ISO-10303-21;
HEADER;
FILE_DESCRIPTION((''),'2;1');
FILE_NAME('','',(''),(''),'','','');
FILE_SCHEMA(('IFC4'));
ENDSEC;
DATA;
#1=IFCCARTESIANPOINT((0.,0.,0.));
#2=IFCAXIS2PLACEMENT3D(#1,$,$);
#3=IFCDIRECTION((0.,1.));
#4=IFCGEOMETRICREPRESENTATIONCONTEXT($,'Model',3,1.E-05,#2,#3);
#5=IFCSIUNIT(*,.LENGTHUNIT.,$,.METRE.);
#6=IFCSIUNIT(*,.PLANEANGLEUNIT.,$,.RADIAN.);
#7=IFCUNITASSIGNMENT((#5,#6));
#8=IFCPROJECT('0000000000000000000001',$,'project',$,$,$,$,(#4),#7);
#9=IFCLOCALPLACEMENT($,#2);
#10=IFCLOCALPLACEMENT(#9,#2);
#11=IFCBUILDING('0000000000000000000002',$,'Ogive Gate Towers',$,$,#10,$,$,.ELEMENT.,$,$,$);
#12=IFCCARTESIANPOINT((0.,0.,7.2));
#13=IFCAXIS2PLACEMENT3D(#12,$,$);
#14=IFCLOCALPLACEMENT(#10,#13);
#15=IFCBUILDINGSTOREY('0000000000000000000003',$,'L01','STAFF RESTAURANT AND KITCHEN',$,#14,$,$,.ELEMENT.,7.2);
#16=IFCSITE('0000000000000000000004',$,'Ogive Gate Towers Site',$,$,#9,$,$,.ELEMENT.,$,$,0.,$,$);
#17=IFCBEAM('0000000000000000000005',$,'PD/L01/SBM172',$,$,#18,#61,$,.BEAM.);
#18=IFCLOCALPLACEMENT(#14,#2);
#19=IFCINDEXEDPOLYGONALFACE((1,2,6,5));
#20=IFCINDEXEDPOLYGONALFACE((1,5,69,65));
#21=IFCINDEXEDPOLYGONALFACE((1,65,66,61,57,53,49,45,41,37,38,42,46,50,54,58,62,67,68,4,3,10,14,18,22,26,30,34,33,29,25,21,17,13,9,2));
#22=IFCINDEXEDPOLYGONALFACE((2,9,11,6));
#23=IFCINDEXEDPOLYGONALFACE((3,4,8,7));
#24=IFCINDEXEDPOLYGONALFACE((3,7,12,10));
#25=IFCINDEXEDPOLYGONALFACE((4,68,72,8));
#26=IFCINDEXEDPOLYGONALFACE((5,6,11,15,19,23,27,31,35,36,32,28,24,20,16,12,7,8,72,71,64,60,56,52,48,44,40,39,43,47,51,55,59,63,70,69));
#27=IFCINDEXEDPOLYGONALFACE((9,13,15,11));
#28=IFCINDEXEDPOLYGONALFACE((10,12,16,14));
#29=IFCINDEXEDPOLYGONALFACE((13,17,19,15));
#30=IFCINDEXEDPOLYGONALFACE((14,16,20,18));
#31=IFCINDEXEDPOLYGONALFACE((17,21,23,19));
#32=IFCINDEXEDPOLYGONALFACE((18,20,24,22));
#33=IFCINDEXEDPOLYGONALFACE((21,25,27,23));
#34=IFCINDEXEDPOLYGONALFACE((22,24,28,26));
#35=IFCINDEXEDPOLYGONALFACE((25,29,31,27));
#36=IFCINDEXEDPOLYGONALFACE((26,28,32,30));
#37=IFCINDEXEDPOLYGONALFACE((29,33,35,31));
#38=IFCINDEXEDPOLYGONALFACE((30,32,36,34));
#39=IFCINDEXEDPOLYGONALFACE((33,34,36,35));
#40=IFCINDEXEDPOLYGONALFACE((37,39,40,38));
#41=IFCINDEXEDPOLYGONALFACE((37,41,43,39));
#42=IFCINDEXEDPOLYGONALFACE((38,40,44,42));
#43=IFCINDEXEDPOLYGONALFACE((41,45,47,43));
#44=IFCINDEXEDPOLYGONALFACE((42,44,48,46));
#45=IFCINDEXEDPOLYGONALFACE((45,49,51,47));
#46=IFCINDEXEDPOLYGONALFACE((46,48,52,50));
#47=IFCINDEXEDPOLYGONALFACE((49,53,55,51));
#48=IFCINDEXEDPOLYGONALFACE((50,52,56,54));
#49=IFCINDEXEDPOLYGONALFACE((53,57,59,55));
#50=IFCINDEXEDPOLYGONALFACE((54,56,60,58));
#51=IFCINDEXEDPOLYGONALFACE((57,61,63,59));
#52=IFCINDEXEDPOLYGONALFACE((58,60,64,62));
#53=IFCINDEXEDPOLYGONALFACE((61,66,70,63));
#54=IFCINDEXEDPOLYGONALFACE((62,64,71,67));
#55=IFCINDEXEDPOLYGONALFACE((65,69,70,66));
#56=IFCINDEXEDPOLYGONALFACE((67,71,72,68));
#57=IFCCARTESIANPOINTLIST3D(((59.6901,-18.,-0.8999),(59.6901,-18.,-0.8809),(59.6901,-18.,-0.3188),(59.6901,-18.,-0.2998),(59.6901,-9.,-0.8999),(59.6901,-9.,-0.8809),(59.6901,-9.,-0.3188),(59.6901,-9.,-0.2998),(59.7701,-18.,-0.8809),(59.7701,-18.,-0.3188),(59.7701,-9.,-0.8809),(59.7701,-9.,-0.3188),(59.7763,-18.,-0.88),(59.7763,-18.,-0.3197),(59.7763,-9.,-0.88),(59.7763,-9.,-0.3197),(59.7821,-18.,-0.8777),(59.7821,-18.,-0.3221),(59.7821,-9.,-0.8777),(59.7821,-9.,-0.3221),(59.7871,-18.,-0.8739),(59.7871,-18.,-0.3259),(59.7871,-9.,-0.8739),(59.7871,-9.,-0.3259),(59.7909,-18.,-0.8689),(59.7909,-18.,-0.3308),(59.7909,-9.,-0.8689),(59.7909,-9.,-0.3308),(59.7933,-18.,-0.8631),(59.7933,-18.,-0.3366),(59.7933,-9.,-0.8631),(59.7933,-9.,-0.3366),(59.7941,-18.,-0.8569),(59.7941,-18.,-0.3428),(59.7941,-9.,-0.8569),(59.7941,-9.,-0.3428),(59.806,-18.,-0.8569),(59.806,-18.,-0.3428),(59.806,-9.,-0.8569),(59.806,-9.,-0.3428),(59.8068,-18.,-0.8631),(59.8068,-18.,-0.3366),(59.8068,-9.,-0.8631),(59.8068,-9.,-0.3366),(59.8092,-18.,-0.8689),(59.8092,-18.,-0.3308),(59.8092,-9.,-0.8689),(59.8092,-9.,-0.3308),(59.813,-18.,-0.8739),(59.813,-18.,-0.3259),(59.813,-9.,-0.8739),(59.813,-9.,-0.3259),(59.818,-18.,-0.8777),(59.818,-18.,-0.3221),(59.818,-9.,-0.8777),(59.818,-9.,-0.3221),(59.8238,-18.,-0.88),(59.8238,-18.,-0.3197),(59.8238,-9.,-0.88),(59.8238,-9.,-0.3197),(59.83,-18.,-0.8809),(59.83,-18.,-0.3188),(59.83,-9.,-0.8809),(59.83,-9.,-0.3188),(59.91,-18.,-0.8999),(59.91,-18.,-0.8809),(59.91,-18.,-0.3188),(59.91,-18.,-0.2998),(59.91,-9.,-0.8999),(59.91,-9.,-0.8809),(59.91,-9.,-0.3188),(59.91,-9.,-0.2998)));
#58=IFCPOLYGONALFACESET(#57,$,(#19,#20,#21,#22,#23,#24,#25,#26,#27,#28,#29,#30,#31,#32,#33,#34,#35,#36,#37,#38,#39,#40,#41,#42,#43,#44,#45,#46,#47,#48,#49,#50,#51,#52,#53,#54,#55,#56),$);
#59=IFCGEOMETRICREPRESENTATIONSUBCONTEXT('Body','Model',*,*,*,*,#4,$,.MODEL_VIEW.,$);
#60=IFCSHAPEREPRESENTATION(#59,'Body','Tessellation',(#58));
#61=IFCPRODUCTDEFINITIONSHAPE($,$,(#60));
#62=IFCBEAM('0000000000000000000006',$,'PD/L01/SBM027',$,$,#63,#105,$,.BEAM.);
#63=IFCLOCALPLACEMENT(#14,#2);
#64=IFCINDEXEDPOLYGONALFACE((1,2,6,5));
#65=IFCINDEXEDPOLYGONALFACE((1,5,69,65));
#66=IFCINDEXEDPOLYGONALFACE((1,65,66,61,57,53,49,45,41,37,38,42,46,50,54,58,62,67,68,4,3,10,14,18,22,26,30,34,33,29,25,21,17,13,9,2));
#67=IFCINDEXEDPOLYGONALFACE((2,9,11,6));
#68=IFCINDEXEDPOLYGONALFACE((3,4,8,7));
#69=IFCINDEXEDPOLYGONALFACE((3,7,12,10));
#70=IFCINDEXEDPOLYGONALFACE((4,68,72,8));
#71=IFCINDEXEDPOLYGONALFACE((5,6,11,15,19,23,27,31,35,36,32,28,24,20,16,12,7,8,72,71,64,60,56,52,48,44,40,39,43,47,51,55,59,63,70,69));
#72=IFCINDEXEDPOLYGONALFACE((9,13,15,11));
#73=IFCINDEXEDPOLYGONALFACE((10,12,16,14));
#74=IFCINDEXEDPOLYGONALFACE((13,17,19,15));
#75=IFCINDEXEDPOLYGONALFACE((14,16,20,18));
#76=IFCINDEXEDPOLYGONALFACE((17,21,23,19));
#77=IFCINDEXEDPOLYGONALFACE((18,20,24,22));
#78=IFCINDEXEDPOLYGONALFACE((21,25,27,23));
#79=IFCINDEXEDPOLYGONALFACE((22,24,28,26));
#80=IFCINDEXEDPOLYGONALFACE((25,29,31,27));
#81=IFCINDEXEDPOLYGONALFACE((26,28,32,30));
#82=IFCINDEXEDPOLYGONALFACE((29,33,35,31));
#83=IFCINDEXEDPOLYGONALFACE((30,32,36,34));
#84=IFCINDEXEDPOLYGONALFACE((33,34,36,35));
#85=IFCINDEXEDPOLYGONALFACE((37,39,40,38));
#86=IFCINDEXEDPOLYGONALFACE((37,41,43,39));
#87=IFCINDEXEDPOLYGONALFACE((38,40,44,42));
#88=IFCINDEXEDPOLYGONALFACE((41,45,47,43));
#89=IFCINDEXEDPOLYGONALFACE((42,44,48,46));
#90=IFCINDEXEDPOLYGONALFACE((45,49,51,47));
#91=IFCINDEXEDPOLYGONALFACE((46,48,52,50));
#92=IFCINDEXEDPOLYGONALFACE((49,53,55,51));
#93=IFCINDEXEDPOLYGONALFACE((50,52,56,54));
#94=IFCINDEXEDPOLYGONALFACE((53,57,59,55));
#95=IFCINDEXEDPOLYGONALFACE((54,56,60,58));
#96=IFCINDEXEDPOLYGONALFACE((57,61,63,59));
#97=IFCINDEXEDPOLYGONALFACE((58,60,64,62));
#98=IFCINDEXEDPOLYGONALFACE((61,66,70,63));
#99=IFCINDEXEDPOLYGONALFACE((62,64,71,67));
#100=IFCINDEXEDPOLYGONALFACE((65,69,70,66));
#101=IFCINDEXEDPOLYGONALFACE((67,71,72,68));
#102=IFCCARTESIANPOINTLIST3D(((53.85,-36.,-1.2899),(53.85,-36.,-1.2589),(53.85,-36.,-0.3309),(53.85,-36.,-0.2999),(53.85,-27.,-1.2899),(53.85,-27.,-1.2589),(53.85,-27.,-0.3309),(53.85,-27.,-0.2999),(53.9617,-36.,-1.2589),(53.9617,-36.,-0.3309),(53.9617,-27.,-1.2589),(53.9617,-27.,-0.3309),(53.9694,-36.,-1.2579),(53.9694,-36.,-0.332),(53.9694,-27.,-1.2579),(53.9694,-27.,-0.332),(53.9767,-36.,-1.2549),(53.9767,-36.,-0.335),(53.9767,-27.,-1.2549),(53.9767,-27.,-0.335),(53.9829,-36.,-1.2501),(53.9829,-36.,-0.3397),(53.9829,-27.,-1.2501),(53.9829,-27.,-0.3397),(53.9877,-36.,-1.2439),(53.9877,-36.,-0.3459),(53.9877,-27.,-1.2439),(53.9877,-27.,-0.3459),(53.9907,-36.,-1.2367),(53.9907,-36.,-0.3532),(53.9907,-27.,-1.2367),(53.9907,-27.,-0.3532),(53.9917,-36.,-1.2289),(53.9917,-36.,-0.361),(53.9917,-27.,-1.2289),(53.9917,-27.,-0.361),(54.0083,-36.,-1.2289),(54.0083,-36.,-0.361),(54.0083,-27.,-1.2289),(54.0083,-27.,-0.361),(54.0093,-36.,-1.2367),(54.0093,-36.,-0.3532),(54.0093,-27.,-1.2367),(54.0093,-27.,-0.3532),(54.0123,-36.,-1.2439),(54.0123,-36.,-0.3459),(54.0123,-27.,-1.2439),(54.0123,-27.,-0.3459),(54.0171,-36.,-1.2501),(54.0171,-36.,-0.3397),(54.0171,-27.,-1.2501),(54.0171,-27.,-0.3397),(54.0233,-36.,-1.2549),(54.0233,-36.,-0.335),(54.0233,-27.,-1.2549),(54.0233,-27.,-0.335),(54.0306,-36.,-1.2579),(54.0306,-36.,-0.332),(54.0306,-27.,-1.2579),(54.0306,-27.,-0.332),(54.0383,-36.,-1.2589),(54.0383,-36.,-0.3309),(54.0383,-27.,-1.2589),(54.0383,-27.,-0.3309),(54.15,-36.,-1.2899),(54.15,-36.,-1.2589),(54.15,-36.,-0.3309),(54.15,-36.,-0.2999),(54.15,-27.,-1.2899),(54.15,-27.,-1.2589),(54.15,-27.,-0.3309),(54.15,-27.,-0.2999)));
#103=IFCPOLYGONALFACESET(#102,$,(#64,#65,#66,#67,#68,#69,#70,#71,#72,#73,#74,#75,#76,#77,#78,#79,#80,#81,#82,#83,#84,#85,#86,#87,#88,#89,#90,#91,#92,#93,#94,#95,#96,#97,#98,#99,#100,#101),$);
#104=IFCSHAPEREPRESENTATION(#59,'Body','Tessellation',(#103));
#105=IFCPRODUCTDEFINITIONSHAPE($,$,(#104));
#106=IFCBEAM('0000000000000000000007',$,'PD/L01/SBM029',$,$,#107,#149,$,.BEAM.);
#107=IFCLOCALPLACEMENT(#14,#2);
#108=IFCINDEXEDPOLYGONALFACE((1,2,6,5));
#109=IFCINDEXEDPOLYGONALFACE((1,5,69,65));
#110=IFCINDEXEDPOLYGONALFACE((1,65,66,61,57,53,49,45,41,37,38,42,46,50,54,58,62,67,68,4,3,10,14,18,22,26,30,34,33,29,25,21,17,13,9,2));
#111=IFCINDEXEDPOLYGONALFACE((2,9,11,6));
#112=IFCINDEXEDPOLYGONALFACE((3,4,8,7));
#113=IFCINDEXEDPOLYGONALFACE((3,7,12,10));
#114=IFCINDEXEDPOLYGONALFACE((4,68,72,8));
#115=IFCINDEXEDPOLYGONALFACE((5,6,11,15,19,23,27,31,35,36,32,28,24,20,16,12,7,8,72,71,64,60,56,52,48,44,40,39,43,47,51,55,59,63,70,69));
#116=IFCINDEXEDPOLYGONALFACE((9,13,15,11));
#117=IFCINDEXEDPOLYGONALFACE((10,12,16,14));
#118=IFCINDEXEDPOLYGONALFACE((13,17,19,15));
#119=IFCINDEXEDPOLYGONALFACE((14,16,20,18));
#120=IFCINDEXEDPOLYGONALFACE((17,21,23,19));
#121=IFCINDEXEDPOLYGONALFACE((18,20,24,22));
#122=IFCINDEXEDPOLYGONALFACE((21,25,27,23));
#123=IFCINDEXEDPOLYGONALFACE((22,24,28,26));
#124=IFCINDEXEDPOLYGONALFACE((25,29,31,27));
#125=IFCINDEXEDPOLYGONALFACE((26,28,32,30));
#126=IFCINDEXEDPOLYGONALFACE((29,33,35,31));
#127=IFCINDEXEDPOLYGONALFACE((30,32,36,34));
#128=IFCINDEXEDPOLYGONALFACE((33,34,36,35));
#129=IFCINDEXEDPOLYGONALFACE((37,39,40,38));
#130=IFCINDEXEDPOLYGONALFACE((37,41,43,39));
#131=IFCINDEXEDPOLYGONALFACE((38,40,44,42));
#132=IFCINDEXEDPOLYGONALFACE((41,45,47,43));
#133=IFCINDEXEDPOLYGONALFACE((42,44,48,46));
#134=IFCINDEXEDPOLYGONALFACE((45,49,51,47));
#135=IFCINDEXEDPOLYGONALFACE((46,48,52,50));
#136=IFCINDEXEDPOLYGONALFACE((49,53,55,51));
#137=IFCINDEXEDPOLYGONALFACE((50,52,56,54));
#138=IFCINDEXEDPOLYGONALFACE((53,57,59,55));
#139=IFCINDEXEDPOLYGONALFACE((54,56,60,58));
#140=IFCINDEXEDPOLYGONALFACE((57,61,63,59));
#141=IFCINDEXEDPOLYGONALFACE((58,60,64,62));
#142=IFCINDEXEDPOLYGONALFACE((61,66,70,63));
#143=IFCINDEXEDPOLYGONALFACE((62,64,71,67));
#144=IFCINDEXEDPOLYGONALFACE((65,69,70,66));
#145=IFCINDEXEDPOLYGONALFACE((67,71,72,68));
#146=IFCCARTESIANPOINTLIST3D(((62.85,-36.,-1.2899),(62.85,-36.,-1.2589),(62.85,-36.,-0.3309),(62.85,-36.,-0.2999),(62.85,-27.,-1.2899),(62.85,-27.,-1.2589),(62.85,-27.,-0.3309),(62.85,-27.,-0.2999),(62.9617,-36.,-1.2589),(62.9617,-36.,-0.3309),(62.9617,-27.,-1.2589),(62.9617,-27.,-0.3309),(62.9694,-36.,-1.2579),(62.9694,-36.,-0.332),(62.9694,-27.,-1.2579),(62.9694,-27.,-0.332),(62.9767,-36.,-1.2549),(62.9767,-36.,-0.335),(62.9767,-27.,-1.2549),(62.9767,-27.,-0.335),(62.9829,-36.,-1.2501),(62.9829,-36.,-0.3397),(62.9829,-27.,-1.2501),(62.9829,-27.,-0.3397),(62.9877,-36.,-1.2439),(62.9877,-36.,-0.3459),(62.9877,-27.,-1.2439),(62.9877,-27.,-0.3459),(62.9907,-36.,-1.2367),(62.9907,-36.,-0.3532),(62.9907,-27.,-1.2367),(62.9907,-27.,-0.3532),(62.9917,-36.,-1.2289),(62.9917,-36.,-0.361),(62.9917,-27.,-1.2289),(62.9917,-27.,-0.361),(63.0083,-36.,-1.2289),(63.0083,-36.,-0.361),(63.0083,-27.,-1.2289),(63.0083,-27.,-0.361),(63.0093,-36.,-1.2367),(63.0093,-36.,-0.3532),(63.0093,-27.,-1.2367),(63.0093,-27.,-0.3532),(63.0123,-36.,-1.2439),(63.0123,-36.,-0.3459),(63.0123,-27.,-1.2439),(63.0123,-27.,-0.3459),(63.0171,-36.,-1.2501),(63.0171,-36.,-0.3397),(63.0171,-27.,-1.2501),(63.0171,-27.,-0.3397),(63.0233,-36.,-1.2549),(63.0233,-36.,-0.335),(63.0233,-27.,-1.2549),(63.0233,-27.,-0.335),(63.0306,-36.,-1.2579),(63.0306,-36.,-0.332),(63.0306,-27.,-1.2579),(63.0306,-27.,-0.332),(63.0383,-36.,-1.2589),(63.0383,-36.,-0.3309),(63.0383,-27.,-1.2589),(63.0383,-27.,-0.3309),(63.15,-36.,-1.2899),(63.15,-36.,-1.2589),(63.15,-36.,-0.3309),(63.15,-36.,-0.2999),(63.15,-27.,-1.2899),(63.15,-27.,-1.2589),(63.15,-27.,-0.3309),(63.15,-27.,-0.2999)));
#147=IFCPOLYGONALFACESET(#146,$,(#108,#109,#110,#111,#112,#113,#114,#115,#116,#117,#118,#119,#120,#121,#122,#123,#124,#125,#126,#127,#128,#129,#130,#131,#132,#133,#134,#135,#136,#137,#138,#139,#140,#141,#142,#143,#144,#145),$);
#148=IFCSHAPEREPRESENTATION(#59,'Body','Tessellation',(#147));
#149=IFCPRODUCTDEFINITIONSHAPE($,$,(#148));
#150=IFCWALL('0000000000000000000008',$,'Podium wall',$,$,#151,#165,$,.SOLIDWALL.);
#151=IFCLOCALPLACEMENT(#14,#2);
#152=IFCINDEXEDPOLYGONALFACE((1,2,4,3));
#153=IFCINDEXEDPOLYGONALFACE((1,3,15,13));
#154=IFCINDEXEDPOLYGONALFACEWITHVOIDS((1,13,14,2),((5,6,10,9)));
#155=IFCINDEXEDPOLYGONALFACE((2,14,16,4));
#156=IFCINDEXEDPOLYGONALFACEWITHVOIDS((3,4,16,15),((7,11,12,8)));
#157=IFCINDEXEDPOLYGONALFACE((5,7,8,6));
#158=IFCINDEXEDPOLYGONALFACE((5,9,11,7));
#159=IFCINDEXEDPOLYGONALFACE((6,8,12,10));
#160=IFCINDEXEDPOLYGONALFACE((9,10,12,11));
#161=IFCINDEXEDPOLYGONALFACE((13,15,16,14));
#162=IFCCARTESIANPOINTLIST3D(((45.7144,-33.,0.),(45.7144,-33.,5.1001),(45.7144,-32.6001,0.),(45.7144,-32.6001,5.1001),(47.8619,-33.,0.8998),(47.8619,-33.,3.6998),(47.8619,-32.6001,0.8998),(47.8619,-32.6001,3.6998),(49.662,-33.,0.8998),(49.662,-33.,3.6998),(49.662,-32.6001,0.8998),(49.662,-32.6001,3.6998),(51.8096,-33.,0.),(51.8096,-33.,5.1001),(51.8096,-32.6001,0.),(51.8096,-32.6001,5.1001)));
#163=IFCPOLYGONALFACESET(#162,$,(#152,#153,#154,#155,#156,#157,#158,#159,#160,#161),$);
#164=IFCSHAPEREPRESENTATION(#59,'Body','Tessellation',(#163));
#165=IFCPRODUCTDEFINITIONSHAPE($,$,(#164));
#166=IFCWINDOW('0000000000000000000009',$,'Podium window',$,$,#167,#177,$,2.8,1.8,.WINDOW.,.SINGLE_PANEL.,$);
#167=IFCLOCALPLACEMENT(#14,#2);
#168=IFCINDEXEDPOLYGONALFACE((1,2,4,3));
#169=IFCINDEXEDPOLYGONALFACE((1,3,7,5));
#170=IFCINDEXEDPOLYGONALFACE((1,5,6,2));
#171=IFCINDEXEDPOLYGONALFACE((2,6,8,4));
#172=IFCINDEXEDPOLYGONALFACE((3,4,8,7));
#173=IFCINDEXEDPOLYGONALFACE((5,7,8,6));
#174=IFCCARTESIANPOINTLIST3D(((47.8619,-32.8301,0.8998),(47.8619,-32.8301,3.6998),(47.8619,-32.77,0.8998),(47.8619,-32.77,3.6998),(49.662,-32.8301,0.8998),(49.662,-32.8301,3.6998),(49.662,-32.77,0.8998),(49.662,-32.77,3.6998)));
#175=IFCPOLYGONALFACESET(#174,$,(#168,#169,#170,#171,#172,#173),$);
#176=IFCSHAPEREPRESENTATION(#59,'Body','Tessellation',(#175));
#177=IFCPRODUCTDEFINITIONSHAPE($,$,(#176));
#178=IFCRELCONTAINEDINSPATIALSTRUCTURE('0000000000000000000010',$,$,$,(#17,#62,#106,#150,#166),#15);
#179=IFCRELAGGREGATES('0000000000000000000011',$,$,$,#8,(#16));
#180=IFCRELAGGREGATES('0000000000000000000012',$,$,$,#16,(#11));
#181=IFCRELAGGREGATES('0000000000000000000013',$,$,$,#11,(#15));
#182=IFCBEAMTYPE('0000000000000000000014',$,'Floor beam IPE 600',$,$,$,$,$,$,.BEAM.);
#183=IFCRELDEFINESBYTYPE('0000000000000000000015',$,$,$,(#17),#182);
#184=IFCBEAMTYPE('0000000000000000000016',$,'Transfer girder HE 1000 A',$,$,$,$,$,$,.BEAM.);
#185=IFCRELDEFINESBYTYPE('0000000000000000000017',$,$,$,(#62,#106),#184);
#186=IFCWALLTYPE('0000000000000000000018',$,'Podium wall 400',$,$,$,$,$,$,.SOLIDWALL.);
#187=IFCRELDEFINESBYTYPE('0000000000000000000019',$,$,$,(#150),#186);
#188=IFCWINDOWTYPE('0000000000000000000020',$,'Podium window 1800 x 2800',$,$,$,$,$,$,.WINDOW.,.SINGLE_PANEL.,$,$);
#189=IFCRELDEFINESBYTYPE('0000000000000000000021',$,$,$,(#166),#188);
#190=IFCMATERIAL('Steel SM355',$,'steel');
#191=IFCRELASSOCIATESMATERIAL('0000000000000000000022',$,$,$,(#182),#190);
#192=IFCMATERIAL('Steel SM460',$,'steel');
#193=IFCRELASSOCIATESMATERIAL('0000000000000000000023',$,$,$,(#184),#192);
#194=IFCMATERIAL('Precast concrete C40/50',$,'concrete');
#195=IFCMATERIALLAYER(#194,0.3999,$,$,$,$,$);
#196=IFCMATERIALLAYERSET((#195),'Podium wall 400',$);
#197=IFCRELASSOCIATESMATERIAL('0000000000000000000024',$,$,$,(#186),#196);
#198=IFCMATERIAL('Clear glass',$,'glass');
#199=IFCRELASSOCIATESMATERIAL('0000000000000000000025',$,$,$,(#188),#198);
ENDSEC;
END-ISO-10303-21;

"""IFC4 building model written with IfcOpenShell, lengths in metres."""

from ifc_helpers import new_model, si_unit, direction, frame, frame_2d, origin, origin_2d, place, context, subcontext, project, spatial, rectangle, i_section, extrude, material, layer, layer_set, material_profile, profile_set, type_object, element, fill, save


model = new_model("IFC4")

# Units and contexts
model_context = context("Model", 3, precision=1e-05, world=origin(), true_north=direction((0.0, 1.0)))
body_context = subcontext(model_context, "Body", "Model", "MODEL_VIEW")
ifc_project = project(units=[si_unit("LENGTHUNIT", "METRE"), si_unit("PLANEANGLEUNIT", "RADIAN")], contexts=[model_context])

# Site, building, storey
site_placement = place(None, origin())
site = spatial("IfcSite", under=ifc_project, at=site_placement, Name="Ogive Gate Towers Site", CompositionType="ELEMENT", RefElevation=0.0)
building_placement = place(site_placement, origin())
building = spatial("IfcBuilding", under=site, at=building_placement, Name="Ogive Gate Towers", CompositionType="ELEMENT")
storey_placement = place(building_placement, frame((0.0, 0.0, 7.2)))
storey = spatial("IfcBuildingStorey", under=building, at=storey_placement, Name="L01", Description="STAFF RESTAURANT AND KITCHEN", CompositionType="ELEMENT", Elevation=7.2)

# Beams
ifc_material_1 = material(Name="Steel SM355", Category="steel")
ifc_material_profile_1 = material_profile(ifc_material_1, i_section(OverallWidth=0.22, OverallDepth=0.6001, WebThickness=0.012, FlangeThickness=0.019, FilletRadius=0.0239, at=origin_2d()), Name="IPE 600")
ifc_profile_set_1 = profile_set([ifc_material_profile_1], Name="Steel SM355")
beam_type_1 = type_object("IfcBeamType", Name="Floor beam IPE 600", PredefinedType="BEAM", material=ifc_profile_set_1)
beam_1_placement = place(storey_placement, frame((59.8, -18.0, -0.5999), z_axis=(0.0, 1.0, 0.0), x_axis=(-1.0, 0.0, 0.0)))
element("IfcBeam", 1, at=beam_1_placement, inside=storey, type_object=beam_type_1, Name="PD/L01/SBM172", PredefinedType="BEAM", context=body_context, shape_type="SweptSolid", body=[
    extrude(i_section(OverallWidth=0.22, OverallDepth=0.6001, WebThickness=0.012, FlangeThickness=0.019, FilletRadius=0.0239, at=origin_2d()), origin(), (0.0, 0.0, 1.0), 9.0),
])
ifc_material_2 = material(Name="Steel SM460", Category="steel")
ifc_material_profile_2 = material_profile(ifc_material_2, i_section(OverallWidth=0.3, OverallDepth=0.99, WebThickness=0.0166, FlangeThickness=0.031, FilletRadius=0.03, at=origin_2d()), Name="HE 1000 A")
ifc_profile_set_2 = profile_set([ifc_material_profile_2], Name="Steel SM460")
beam_type_2 = type_object("IfcBeamType", Name="Transfer girder HE 1000 A", PredefinedType="BEAM", material=ifc_profile_set_2)
for number, where, z_axis, x_axis, name in (
    (2, (54.0, -36.0, -0.7949), (0.0, 1.0, 0.0), (-1.0, 0.0, 0.0), "PD/L01/SBM027"),
    (3, (63.0, -36.0, -0.7949), (0.0, 1.0, 0.0), (-1.0, 0.0, 0.0), "PD/L01/SBM029"),
):
    element("IfcBeam", number, at=place(storey_placement, frame(where, z_axis=z_axis, x_axis=x_axis)), inside=storey, type_object=beam_type_2, Name=name, PredefinedType="BEAM", context=body_context, shape_type="SweptSolid", body=[
        extrude(i_section(OverallWidth=0.3, OverallDepth=0.99, WebThickness=0.0166, FlangeThickness=0.031, FilletRadius=0.03, at=origin_2d()), origin(), (0.0, 0.0, 1.0), 9.0),
    ])

# Wall, opening, window
ifc_material_3 = material(Name="Precast concrete C40/50", Category="concrete")
ifc_layer = layer(ifc_material_3, 0.3999)
ifc_layer_set = layer_set([ifc_layer], Name="Podium wall 400")
wall_type = type_object("IfcWallType", Name="Podium wall 400", PredefinedType="SOLIDWALL", material=ifc_layer_set)
wall_1_placement = place(storey_placement, frame((45.7144, -32.8, 0.0), z_axis=(0.0, 0.0, 1.0), x_axis=(1.0, 0.0, 0.0)))
wall_1 = element("IfcWall", 4, at=wall_1_placement, inside=storey, type_object=wall_type, Name="Podium wall", PredefinedType="SOLIDWALL", context=body_context, shape_type="SweptSolid", body=[
    extrude(rectangle(XDim=6.0952, YDim=0.3999, at=frame_2d((3.0476, 0.0))), origin(), (0.0, 0.0, 1.0), 5.1001),
])
opening_1_placement = place(wall_1_placement, frame((2.1477, 0.0, 0.8999)))
opening_1 = element("IfcOpeningElement", 5, at=opening_1_placement, cuts=wall_1, PredefinedType="OPENING", context=body_context, shape_type="SweptSolid", body=[
    extrude(rectangle(XDim=1.8, YDim=2.8, at=frame_2d((0.8999, 1.3999))), frame((0.0, 0.21, 0.0), z_axis=(0.0, -1.0, 0.0), x_axis=(1.0, 0.0, 0.0)), (0.0, 0.0, 1.0), 0.4199),
])
ifc_material_4 = material(Name="Clear glass", Category="glass")
window_type = type_object("IfcWindowType", Name="Podium window 1800 x 2800", PartitioningType="SINGLE_PANEL", PredefinedType="WINDOW", material=ifc_material_4)
window_1_placement = place(opening_1_placement, origin())
window_1 = element("IfcWindow", 6, at=window_1_placement, inside=storey, type_object=window_type, Name="Podium window", OverallHeight=2.8, OverallWidth=1.8, PartitioningType="SINGLE_PANEL", PredefinedType="WINDOW", context=body_context, shape_type="SweptSolid", body=[
    extrude(rectangle(XDim=1.8, YDim=2.8, at=frame_2d((0.8999, 1.3999))), frame((0.0, 0.03, 0.0), z_axis=(0.0, -1.0, 0.0), x_axis=(1.0, 0.0, 0.0)), (0.0, 0.0, 1.0), 0.0601),
])
fill(opening_1, window_1)

save(model, "model.ifc")
